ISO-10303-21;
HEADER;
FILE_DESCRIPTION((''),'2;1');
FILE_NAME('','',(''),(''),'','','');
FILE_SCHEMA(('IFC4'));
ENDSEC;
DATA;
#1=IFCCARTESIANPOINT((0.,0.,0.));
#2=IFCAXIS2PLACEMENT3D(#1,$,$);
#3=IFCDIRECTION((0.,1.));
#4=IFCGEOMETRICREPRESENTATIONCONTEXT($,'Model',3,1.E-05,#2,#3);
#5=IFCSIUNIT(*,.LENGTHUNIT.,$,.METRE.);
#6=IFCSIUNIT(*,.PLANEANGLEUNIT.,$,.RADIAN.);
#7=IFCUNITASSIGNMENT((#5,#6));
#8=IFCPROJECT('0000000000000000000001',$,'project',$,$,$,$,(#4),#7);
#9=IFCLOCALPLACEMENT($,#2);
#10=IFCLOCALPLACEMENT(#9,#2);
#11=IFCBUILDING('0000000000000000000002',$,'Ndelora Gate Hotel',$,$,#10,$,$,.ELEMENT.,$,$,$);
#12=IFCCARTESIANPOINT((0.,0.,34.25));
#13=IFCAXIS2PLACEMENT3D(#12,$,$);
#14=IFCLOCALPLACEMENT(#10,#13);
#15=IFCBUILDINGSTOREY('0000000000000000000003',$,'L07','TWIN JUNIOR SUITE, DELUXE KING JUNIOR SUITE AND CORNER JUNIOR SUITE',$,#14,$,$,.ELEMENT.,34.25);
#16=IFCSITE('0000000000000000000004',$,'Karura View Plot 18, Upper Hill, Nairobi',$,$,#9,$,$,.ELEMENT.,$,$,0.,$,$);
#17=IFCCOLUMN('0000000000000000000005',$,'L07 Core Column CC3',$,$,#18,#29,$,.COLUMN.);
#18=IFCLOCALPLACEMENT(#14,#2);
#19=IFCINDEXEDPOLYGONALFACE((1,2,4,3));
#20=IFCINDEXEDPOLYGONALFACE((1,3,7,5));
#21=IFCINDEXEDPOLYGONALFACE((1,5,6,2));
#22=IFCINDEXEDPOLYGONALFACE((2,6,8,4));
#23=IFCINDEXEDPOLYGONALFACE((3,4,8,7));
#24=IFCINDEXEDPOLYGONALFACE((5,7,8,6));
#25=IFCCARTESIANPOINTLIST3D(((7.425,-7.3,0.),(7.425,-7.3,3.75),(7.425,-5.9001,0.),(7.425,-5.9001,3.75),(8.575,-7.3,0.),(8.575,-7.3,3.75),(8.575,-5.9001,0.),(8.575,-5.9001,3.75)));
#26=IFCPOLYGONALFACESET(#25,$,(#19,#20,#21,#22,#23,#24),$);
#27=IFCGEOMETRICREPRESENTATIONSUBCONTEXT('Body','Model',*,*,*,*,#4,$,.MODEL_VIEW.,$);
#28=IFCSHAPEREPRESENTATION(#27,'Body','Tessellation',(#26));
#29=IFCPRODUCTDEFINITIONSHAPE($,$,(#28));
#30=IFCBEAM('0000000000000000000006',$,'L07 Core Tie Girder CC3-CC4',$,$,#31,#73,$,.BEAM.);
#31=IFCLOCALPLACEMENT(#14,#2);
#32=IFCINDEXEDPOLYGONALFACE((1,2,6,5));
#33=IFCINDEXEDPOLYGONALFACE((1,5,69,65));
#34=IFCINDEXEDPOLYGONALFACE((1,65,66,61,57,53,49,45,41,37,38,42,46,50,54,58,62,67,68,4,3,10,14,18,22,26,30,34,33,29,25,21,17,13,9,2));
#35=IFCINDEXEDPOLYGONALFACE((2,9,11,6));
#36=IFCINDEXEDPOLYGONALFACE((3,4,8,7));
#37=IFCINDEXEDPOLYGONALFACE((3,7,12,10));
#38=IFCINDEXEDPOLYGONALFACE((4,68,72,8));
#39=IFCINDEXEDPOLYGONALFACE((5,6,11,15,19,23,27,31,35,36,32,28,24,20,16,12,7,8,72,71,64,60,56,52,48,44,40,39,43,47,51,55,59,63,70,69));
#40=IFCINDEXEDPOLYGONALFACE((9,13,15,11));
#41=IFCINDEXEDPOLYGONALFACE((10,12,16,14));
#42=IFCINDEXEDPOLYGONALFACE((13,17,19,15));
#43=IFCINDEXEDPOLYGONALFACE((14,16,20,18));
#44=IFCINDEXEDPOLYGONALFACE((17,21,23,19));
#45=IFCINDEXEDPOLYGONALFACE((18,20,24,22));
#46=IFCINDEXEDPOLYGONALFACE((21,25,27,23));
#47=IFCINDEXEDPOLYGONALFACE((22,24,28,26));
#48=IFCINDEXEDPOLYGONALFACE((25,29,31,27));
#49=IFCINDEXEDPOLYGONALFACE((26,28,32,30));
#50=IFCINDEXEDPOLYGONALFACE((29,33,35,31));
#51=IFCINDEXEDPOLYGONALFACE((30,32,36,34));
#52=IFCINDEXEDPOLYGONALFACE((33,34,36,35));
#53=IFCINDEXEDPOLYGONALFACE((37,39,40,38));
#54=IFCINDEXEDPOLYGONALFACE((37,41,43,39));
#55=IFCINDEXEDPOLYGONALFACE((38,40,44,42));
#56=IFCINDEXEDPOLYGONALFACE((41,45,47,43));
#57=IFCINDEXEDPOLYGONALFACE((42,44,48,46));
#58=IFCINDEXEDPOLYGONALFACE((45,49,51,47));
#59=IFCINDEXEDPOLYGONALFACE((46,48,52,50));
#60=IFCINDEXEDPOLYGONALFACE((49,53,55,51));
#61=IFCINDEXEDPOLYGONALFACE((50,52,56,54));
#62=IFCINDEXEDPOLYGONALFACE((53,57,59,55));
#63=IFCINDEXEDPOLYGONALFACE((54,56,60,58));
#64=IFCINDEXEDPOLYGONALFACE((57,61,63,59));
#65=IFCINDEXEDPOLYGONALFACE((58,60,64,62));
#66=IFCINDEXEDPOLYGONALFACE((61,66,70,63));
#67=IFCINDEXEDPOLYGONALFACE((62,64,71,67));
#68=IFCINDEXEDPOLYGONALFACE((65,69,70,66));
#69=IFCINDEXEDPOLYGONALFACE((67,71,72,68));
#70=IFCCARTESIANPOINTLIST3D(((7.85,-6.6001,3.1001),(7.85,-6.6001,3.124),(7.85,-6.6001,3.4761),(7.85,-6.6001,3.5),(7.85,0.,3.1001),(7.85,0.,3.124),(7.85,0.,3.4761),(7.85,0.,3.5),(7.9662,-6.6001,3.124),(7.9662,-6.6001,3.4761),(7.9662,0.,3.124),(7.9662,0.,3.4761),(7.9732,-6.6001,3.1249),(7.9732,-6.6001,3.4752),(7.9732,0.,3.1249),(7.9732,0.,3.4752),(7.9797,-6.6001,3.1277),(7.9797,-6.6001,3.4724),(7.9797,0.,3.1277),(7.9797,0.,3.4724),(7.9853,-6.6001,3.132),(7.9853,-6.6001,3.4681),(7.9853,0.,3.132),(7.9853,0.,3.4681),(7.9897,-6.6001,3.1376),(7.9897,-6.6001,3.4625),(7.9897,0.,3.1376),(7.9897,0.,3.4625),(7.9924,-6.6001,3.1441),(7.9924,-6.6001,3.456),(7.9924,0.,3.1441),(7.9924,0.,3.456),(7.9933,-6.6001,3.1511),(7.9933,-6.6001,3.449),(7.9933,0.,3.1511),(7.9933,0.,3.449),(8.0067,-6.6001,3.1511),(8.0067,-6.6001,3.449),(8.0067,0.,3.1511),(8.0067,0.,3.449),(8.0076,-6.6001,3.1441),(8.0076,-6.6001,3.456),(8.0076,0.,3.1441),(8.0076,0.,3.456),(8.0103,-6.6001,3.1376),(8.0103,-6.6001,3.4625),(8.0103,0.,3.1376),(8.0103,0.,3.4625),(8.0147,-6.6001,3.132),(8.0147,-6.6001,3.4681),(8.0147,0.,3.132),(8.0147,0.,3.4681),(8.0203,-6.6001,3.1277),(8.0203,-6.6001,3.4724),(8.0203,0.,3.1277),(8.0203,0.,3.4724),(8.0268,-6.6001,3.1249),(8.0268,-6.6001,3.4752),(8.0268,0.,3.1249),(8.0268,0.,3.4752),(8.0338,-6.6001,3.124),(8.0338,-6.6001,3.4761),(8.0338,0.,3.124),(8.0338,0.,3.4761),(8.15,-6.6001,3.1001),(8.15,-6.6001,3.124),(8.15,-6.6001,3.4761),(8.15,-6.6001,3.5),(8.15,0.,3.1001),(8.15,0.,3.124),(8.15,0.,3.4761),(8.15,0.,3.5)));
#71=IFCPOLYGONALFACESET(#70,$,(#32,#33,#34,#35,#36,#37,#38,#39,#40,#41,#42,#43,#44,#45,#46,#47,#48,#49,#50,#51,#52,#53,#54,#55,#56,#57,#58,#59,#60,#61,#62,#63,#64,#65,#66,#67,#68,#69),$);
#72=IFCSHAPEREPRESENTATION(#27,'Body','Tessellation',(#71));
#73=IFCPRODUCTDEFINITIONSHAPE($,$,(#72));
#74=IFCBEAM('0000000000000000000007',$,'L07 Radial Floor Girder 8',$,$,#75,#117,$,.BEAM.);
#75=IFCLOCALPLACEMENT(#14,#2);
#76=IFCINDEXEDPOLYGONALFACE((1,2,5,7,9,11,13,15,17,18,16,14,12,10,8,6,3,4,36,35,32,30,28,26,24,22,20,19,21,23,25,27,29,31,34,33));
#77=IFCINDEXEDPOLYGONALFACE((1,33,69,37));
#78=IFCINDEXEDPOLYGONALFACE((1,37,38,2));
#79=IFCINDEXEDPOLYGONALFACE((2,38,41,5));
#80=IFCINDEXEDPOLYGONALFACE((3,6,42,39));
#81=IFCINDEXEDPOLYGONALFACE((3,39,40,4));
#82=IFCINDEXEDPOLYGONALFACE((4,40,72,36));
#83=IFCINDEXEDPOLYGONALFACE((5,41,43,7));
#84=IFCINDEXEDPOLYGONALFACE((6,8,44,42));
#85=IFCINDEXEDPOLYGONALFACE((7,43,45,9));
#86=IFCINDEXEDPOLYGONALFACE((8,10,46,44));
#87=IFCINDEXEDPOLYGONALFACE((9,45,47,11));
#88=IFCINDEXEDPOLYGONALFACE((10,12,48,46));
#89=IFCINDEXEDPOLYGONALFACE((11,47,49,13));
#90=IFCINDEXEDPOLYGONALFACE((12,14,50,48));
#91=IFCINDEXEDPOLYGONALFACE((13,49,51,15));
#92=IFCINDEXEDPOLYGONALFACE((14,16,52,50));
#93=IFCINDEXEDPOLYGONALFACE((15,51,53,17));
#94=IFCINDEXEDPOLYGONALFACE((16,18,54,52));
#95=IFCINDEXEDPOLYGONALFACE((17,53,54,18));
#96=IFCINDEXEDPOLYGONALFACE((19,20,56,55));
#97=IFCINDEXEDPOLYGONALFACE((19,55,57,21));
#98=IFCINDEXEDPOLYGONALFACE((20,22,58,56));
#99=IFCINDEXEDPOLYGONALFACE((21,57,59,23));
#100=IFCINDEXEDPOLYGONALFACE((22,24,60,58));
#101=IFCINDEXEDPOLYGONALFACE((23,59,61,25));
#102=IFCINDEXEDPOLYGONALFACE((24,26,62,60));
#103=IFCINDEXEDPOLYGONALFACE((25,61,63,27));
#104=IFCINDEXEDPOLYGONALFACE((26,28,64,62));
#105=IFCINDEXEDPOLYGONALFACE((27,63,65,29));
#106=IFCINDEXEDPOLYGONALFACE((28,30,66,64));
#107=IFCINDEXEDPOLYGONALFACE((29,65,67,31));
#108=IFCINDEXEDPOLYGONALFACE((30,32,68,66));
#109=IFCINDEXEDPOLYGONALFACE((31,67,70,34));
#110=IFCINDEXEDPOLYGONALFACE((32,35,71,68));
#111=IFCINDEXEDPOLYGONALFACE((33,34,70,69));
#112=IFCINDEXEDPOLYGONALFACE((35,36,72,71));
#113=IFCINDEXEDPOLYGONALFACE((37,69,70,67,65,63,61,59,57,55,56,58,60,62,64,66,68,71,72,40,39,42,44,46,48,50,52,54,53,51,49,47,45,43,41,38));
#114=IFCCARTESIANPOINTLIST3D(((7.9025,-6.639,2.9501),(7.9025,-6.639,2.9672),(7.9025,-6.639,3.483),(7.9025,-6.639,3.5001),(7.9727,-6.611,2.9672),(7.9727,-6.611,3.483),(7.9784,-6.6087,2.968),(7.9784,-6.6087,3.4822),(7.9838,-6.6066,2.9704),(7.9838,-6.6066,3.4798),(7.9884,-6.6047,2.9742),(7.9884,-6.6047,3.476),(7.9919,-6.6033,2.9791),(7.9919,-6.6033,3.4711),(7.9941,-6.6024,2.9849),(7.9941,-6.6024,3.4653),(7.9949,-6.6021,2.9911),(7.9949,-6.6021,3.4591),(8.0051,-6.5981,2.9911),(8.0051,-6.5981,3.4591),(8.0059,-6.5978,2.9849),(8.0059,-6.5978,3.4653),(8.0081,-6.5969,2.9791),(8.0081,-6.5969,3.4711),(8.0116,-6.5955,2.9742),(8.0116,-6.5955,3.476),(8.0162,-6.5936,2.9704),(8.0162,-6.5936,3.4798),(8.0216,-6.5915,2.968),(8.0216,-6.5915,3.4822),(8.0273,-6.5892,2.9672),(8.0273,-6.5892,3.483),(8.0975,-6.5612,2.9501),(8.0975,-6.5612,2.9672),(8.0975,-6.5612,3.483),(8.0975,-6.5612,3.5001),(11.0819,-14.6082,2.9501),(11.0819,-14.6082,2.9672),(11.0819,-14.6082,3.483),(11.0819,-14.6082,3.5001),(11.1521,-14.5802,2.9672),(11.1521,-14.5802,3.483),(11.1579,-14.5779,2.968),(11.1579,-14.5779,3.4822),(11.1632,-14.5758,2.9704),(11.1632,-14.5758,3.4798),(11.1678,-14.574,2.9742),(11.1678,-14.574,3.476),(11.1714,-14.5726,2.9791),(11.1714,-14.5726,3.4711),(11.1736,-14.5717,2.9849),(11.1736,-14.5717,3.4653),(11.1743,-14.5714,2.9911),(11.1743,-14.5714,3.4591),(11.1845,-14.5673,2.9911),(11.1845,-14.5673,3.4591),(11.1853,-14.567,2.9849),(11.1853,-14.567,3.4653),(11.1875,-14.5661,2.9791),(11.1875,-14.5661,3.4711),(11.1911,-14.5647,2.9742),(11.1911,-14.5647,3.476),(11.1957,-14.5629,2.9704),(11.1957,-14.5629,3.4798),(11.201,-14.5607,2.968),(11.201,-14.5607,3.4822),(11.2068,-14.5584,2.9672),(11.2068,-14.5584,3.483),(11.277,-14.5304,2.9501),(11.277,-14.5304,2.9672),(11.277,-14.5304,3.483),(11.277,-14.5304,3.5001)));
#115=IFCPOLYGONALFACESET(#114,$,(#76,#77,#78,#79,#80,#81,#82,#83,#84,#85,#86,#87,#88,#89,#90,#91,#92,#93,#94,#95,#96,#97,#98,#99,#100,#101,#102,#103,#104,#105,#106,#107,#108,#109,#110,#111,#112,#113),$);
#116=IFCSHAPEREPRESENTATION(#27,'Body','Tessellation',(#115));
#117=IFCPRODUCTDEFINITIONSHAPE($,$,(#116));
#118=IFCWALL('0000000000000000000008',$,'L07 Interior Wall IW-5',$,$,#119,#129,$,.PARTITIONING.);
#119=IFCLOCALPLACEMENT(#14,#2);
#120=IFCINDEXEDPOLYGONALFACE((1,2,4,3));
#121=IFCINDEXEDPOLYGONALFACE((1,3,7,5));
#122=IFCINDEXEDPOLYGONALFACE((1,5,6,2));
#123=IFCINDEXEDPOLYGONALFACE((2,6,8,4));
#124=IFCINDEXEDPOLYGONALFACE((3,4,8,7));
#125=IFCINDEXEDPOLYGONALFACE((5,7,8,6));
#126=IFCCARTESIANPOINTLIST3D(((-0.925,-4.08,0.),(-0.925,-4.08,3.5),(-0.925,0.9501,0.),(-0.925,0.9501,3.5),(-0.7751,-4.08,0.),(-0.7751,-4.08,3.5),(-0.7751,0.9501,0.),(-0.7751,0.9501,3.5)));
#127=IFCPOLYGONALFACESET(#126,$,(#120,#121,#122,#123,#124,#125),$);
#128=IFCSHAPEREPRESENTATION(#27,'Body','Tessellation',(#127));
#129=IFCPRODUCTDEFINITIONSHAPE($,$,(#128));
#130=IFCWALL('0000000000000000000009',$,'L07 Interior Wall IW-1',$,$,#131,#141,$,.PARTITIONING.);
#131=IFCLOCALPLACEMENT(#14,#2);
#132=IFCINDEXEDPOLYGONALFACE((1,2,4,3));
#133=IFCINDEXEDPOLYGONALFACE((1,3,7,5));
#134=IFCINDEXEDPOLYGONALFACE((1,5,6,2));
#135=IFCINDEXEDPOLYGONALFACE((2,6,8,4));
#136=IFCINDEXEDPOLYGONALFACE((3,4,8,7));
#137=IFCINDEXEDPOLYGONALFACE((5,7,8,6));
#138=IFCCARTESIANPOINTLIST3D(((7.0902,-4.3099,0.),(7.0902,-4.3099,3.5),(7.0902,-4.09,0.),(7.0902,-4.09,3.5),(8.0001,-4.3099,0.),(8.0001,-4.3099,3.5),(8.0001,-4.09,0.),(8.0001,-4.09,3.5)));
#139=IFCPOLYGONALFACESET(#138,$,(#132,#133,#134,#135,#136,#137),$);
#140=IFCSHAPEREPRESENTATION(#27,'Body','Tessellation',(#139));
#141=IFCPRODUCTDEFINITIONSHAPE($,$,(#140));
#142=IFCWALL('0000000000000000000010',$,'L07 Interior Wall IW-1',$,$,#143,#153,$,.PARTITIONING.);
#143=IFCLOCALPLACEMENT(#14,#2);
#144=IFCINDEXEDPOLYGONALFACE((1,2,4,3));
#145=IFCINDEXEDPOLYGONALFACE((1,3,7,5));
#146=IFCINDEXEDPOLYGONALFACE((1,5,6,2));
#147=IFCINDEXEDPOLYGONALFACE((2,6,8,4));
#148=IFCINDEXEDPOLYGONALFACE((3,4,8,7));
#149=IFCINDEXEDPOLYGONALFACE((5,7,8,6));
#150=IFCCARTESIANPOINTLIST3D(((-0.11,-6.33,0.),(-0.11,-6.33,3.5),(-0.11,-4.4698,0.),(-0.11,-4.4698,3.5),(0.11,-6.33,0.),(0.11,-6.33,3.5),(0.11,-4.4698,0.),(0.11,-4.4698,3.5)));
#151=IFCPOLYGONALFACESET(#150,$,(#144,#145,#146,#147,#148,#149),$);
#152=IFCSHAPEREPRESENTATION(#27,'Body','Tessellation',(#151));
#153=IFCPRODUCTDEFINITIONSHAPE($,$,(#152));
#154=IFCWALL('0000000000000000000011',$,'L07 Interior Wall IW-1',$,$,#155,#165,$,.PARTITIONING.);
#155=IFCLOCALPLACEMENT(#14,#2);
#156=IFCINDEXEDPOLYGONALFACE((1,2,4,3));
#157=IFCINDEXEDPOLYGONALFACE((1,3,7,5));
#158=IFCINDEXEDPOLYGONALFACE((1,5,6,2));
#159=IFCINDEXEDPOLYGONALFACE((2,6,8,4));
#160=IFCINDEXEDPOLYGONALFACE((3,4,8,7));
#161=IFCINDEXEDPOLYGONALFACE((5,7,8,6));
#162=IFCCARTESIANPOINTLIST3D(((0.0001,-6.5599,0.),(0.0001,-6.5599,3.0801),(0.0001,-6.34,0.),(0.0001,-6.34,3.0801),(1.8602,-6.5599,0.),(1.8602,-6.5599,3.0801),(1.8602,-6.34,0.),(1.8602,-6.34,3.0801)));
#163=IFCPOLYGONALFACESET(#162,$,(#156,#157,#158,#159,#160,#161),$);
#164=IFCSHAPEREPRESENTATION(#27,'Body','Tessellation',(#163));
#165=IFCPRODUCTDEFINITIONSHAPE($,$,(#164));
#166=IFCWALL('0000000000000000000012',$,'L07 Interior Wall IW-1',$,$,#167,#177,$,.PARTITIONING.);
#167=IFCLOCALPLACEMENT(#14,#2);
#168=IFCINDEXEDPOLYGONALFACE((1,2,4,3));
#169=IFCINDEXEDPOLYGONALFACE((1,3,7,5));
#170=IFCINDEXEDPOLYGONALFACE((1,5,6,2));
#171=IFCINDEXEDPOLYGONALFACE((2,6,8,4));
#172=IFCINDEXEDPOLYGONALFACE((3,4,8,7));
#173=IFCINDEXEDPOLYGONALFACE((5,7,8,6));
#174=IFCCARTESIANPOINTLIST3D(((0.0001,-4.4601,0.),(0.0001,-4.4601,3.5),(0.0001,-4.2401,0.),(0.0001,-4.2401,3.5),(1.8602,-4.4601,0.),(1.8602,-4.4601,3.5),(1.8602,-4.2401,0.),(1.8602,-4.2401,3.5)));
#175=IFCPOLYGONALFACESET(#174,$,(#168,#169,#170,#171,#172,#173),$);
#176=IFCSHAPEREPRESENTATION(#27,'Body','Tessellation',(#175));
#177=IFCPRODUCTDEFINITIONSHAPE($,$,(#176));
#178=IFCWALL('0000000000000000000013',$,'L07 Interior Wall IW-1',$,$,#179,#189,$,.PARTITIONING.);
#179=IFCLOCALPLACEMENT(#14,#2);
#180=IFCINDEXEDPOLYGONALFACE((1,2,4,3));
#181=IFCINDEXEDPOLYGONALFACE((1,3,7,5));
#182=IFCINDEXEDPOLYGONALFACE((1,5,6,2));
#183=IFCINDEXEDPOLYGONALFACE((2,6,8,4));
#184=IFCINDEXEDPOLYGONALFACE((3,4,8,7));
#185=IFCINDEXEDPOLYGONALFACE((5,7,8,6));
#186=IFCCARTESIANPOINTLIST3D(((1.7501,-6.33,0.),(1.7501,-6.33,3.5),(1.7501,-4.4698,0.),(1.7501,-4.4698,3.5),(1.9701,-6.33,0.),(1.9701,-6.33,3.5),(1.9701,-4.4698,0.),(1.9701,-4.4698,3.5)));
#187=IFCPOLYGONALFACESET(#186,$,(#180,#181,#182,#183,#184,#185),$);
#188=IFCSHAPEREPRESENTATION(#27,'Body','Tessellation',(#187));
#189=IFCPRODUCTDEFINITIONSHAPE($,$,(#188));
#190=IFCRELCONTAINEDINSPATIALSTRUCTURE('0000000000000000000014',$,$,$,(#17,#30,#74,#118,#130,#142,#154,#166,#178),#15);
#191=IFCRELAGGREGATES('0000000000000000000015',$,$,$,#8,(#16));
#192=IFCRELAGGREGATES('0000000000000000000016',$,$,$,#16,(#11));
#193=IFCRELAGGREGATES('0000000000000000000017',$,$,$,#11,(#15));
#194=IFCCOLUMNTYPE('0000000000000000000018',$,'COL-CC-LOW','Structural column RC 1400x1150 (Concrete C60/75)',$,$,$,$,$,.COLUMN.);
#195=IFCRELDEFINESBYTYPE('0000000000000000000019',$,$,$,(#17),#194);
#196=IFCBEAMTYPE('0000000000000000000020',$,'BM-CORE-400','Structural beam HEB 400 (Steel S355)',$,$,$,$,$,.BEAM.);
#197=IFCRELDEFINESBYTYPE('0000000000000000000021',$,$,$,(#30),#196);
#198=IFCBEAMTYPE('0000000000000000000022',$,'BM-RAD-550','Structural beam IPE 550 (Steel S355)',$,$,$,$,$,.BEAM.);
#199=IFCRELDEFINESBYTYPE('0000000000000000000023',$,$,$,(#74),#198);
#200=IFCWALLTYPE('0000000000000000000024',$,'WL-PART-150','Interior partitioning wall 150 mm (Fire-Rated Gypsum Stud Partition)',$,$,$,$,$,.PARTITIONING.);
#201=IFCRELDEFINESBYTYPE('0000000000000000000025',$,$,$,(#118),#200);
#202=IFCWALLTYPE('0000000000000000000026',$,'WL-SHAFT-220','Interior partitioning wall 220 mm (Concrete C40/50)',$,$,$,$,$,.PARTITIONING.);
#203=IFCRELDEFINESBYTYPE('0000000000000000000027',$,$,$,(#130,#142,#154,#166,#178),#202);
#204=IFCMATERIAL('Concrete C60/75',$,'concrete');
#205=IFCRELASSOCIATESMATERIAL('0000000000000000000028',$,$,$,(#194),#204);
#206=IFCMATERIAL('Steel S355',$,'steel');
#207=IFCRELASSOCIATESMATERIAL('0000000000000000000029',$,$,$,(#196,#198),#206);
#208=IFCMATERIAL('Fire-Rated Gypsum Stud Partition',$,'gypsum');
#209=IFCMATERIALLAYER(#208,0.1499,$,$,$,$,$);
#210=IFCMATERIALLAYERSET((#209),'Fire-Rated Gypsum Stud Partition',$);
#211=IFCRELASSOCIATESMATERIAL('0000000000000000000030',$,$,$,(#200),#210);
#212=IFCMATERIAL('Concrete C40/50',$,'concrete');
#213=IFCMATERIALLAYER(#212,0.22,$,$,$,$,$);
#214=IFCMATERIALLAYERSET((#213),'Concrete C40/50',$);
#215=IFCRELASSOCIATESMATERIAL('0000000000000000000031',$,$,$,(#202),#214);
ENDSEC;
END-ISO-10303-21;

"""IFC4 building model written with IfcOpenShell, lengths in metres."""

from ifc_helpers import new_model, si_unit, direction, frame, frame_2d, origin, origin_2d, place, context, subcontext, project, spatial, rectangle, i_section, extrude, material, layer, layer_set, material_profile, profile_set, type_object, element, save


model = new_model("IFC4")

# Units and contexts
model_context = context("Model", 3, precision=1e-05, world=origin(), true_north=direction((0.0, 1.0)))
body_context = subcontext(model_context, "Body", "Model", "MODEL_VIEW")
ifc_project = project(units=[si_unit("LENGTHUNIT", "METRE"), si_unit("PLANEANGLEUNIT", "RADIAN")], contexts=[model_context])

# Site, building, storey
site_placement = place(None, origin())
site = spatial("IfcSite", under=ifc_project, at=site_placement, Name="Karura View Plot 18, Upper Hill, Nairobi", CompositionType="ELEMENT", RefElevation=0.0)
building_placement = place(site_placement, origin())
building = spatial("IfcBuilding", under=site, at=building_placement, Name="Ndelora Gate Hotel", CompositionType="ELEMENT")
storey_placement = place(building_placement, frame((0.0, 0.0, 34.25)))
storey = spatial("IfcBuildingStorey", under=building, at=storey_placement, Name="L07", Description="TWIN JUNIOR SUITE, DELUXE KING JUNIOR SUITE AND CORNER JUNIOR SUITE", CompositionType="ELEMENT", Elevation=34.25)

# Column
ifc_material_1 = material(Name="Concrete C60/75", Category="concrete")
ifc_material_profile_1 = material_profile(ifc_material_1, rectangle(XDim=1.1499, YDim=1.3999, at=origin_2d()), Name="RC 1400x1150")
ifc_profile_set_1 = profile_set([ifc_material_profile_1], Name="Concrete C60/75")
column_type = type_object("IfcColumnType", Name="COL-CC-LOW", Description="Structural column RC 1400x1150 (Concrete C60/75)", PredefinedType="COLUMN", material=ifc_profile_set_1)
column_placement = place(storey_placement, frame((8.0, -6.6001, 0.0), z_axis=(0.0, 0.0, 1.0), x_axis=(1.0, 0.0, 0.0)))
element("IfcColumn", 1, at=column_placement, inside=storey, type_object=column_type, Name="L07 Core Column CC3", PredefinedType="COLUMN", context=body_context, shape_type="SweptSolid", body=[
    extrude(rectangle(XDim=1.1499, YDim=1.3999, at=origin_2d()), origin(), (0.0, 0.0, 1.0), 3.75),
])

# Beams
ifc_material_2 = material(Name="Steel S355", Category="steel")
ifc_material_profile_2 = material_profile(ifc_material_2, i_section(OverallWidth=0.3, OverallDepth=0.3999, WebThickness=0.0134, FlangeThickness=0.0239, FilletRadius=0.0271, at=origin_2d()), Name="HEB 400")
ifc_profile_set_2 = profile_set([ifc_material_profile_2], Name="Steel S355")
beam_type_1 = type_object("IfcBeamType", Name="BM-CORE-400", Description="Structural beam HEB 400 (Steel S355)", PredefinedType="BEAM", material=ifc_profile_set_2)
beam_1_placement = place(storey_placement, frame((8.0, -6.6001, 3.3), z_axis=(0.0, 1.0, 0.0), x_axis=(-1.0, 0.0, 0.0)))
element("IfcBeam", 2, at=beam_1_placement, inside=storey, type_object=beam_type_1, Name="L07 Core Tie Girder CC3-CC4", PredefinedType="BEAM", context=body_context, shape_type="SweptSolid", body=[
    extrude(i_section(OverallWidth=0.3, OverallDepth=0.3999, WebThickness=0.0134, FlangeThickness=0.0239, FilletRadius=0.0271, at=origin_2d()), origin(), (0.0, 0.0, 1.0), 6.6001),
])
ifc_material_profile_3 = material_profile(ifc_material_2, i_section(OverallWidth=0.21, OverallDepth=0.55, WebThickness=0.011, FlangeThickness=0.0171, FilletRadius=0.0239, at=origin_2d()), Name="IPE 550")
ifc_profile_set_3 = profile_set([ifc_material_profile_3], Name="Steel S355")
beam_type_2 = type_object("IfcBeamType", Name="BM-RAD-550", Description="Structural beam IPE 550 (Steel S355)", PredefinedType="BEAM", material=ifc_profile_set_3)
beam_2_placement = place(storey_placement, frame((8.0, -6.6001, 3.2251), z_axis=(0.370561, -0.928808, 0.0), x_axis=(0.928808, 0.370561, 0.0)))
element("IfcBeam", 3, at=beam_2_placement, inside=storey, type_object=beam_type_2, Name="L07 Radial Floor Girder 8", PredefinedType="BEAM", context=body_context, shape_type="SweptSolid", body=[
    extrude(i_section(OverallWidth=0.21, OverallDepth=0.55, WebThickness=0.011, FlangeThickness=0.0171, FilletRadius=0.0239, at=origin_2d()), origin(), (0.0, 0.0, 1.0), 8.5801),
])

# Walls
ifc_material_3 = material(Name="Fire-Rated Gypsum Stud Partition", Category="gypsum")
ifc_layer_1 = layer(ifc_material_3, 0.1499)
ifc_layer_set_1 = layer_set([ifc_layer_1], Name="Fire-Rated Gypsum Stud Partition")
wall_type_1 = type_object("IfcWallType", Name="WL-PART-150", Description="Interior partitioning wall 150 mm (Fire-Rated Gypsum Stud Partition)", PredefinedType="PARTITIONING", material=ifc_layer_set_1)
wall_1_placement = place(storey_placement, frame((-0.8501, -4.0801, 0.0), z_axis=(0.0, 0.0, 1.0), x_axis=(0.0, 1.0, 0.0)))
element("IfcWall", 4, at=wall_1_placement, inside=storey, type_object=wall_type_1, Name="L07 Interior Wall IW-5", PredefinedType="PARTITIONING", context=body_context, shape_type="SweptSolid", body=[
    extrude(rectangle(XDim=5.03, YDim=0.1499, at=frame_2d((2.5151, 0.0))), origin(), (0.0, 0.0, 1.0), 3.5),
])
ifc_material_4 = material(Name="Concrete C40/50", Category="concrete")
ifc_layer_2 = layer(ifc_material_4, 0.22)
ifc_layer_set_2 = layer_set([ifc_layer_2], Name="Concrete C40/50")
wall_type_2 = type_object("IfcWallType", Name="WL-SHAFT-220", Description="Interior partitioning wall 220 mm (Concrete C40/50)", PredefinedType="PARTITIONING", material=ifc_layer_set_2)
wall_2_placement = place(storey_placement, frame((7.0901, -4.2, 0.0), z_axis=(0.0, 0.0, 1.0), x_axis=(1.0, 0.0, 0.0)))
element("IfcWall", 5, at=wall_2_placement, inside=storey, type_object=wall_type_2, Name="L07 Interior Wall IW-1", PredefinedType="PARTITIONING", context=body_context, shape_type="SweptSolid", body=[
    extrude(rectangle(XDim=0.9099, YDim=0.22, at=frame_2d((0.4551, 0.0))), origin(), (0.0, 0.0, 1.0), 3.5),
])
wall_3_placement = place(storey_placement, frame((0.0, -6.3301, 0.0), z_axis=(0.0, 0.0, 1.0), x_axis=(0.0, 1.0, 0.0)))
element("IfcWall", 6, at=wall_3_placement, inside=storey, type_object=wall_type_2, Name="L07 Interior Wall IW-1", PredefinedType="PARTITIONING", context=body_context, shape_type="SweptSolid", body=[
    extrude(rectangle(XDim=1.8601, YDim=0.22, at=frame_2d((0.9302, 0.0))), origin(), (0.0, 0.0, 1.0), 3.5),
])
wall_4_placement = place(storey_placement, frame((0.0, -6.45, 0.0), z_axis=(0.0, 0.0, 1.0), x_axis=(1.0, 0.0, 0.0)))
element("IfcWall", 7, at=wall_4_placement, inside=storey, type_object=wall_type_2, Name="L07 Interior Wall IW-1", PredefinedType="PARTITIONING", context=body_context, shape_type="SweptSolid", body=[
    extrude(rectangle(XDim=1.8601, YDim=0.22, at=frame_2d((0.9302, 0.0))), origin(), (0.0, 0.0, 1.0), 3.0801),
])
for number, where, z_axis, x_axis, name in (
    (8, (0.0, -4.3501, 0.0), (0.0, 0.0, 1.0), (1.0, 0.0, 0.0), "L07 Interior Wall IW-1"),
    (9, (1.8601, -6.3301, 0.0), (0.0, 0.0, 1.0), (0.0, 1.0, 0.0), "L07 Interior Wall IW-1"),
):
    element("IfcWall", number, at=place(storey_placement, frame(where, z_axis=z_axis, x_axis=x_axis)), inside=storey, type_object=wall_type_2, Name=name, PredefinedType="PARTITIONING", context=body_context, shape_type="SweptSolid", body=[
        extrude(rectangle(XDim=1.8601, YDim=0.22, at=frame_2d((0.9302, 0.0))), origin(), (0.0, 0.0, 1.0), 3.5),
    ])

save(model, "model.ifc")
